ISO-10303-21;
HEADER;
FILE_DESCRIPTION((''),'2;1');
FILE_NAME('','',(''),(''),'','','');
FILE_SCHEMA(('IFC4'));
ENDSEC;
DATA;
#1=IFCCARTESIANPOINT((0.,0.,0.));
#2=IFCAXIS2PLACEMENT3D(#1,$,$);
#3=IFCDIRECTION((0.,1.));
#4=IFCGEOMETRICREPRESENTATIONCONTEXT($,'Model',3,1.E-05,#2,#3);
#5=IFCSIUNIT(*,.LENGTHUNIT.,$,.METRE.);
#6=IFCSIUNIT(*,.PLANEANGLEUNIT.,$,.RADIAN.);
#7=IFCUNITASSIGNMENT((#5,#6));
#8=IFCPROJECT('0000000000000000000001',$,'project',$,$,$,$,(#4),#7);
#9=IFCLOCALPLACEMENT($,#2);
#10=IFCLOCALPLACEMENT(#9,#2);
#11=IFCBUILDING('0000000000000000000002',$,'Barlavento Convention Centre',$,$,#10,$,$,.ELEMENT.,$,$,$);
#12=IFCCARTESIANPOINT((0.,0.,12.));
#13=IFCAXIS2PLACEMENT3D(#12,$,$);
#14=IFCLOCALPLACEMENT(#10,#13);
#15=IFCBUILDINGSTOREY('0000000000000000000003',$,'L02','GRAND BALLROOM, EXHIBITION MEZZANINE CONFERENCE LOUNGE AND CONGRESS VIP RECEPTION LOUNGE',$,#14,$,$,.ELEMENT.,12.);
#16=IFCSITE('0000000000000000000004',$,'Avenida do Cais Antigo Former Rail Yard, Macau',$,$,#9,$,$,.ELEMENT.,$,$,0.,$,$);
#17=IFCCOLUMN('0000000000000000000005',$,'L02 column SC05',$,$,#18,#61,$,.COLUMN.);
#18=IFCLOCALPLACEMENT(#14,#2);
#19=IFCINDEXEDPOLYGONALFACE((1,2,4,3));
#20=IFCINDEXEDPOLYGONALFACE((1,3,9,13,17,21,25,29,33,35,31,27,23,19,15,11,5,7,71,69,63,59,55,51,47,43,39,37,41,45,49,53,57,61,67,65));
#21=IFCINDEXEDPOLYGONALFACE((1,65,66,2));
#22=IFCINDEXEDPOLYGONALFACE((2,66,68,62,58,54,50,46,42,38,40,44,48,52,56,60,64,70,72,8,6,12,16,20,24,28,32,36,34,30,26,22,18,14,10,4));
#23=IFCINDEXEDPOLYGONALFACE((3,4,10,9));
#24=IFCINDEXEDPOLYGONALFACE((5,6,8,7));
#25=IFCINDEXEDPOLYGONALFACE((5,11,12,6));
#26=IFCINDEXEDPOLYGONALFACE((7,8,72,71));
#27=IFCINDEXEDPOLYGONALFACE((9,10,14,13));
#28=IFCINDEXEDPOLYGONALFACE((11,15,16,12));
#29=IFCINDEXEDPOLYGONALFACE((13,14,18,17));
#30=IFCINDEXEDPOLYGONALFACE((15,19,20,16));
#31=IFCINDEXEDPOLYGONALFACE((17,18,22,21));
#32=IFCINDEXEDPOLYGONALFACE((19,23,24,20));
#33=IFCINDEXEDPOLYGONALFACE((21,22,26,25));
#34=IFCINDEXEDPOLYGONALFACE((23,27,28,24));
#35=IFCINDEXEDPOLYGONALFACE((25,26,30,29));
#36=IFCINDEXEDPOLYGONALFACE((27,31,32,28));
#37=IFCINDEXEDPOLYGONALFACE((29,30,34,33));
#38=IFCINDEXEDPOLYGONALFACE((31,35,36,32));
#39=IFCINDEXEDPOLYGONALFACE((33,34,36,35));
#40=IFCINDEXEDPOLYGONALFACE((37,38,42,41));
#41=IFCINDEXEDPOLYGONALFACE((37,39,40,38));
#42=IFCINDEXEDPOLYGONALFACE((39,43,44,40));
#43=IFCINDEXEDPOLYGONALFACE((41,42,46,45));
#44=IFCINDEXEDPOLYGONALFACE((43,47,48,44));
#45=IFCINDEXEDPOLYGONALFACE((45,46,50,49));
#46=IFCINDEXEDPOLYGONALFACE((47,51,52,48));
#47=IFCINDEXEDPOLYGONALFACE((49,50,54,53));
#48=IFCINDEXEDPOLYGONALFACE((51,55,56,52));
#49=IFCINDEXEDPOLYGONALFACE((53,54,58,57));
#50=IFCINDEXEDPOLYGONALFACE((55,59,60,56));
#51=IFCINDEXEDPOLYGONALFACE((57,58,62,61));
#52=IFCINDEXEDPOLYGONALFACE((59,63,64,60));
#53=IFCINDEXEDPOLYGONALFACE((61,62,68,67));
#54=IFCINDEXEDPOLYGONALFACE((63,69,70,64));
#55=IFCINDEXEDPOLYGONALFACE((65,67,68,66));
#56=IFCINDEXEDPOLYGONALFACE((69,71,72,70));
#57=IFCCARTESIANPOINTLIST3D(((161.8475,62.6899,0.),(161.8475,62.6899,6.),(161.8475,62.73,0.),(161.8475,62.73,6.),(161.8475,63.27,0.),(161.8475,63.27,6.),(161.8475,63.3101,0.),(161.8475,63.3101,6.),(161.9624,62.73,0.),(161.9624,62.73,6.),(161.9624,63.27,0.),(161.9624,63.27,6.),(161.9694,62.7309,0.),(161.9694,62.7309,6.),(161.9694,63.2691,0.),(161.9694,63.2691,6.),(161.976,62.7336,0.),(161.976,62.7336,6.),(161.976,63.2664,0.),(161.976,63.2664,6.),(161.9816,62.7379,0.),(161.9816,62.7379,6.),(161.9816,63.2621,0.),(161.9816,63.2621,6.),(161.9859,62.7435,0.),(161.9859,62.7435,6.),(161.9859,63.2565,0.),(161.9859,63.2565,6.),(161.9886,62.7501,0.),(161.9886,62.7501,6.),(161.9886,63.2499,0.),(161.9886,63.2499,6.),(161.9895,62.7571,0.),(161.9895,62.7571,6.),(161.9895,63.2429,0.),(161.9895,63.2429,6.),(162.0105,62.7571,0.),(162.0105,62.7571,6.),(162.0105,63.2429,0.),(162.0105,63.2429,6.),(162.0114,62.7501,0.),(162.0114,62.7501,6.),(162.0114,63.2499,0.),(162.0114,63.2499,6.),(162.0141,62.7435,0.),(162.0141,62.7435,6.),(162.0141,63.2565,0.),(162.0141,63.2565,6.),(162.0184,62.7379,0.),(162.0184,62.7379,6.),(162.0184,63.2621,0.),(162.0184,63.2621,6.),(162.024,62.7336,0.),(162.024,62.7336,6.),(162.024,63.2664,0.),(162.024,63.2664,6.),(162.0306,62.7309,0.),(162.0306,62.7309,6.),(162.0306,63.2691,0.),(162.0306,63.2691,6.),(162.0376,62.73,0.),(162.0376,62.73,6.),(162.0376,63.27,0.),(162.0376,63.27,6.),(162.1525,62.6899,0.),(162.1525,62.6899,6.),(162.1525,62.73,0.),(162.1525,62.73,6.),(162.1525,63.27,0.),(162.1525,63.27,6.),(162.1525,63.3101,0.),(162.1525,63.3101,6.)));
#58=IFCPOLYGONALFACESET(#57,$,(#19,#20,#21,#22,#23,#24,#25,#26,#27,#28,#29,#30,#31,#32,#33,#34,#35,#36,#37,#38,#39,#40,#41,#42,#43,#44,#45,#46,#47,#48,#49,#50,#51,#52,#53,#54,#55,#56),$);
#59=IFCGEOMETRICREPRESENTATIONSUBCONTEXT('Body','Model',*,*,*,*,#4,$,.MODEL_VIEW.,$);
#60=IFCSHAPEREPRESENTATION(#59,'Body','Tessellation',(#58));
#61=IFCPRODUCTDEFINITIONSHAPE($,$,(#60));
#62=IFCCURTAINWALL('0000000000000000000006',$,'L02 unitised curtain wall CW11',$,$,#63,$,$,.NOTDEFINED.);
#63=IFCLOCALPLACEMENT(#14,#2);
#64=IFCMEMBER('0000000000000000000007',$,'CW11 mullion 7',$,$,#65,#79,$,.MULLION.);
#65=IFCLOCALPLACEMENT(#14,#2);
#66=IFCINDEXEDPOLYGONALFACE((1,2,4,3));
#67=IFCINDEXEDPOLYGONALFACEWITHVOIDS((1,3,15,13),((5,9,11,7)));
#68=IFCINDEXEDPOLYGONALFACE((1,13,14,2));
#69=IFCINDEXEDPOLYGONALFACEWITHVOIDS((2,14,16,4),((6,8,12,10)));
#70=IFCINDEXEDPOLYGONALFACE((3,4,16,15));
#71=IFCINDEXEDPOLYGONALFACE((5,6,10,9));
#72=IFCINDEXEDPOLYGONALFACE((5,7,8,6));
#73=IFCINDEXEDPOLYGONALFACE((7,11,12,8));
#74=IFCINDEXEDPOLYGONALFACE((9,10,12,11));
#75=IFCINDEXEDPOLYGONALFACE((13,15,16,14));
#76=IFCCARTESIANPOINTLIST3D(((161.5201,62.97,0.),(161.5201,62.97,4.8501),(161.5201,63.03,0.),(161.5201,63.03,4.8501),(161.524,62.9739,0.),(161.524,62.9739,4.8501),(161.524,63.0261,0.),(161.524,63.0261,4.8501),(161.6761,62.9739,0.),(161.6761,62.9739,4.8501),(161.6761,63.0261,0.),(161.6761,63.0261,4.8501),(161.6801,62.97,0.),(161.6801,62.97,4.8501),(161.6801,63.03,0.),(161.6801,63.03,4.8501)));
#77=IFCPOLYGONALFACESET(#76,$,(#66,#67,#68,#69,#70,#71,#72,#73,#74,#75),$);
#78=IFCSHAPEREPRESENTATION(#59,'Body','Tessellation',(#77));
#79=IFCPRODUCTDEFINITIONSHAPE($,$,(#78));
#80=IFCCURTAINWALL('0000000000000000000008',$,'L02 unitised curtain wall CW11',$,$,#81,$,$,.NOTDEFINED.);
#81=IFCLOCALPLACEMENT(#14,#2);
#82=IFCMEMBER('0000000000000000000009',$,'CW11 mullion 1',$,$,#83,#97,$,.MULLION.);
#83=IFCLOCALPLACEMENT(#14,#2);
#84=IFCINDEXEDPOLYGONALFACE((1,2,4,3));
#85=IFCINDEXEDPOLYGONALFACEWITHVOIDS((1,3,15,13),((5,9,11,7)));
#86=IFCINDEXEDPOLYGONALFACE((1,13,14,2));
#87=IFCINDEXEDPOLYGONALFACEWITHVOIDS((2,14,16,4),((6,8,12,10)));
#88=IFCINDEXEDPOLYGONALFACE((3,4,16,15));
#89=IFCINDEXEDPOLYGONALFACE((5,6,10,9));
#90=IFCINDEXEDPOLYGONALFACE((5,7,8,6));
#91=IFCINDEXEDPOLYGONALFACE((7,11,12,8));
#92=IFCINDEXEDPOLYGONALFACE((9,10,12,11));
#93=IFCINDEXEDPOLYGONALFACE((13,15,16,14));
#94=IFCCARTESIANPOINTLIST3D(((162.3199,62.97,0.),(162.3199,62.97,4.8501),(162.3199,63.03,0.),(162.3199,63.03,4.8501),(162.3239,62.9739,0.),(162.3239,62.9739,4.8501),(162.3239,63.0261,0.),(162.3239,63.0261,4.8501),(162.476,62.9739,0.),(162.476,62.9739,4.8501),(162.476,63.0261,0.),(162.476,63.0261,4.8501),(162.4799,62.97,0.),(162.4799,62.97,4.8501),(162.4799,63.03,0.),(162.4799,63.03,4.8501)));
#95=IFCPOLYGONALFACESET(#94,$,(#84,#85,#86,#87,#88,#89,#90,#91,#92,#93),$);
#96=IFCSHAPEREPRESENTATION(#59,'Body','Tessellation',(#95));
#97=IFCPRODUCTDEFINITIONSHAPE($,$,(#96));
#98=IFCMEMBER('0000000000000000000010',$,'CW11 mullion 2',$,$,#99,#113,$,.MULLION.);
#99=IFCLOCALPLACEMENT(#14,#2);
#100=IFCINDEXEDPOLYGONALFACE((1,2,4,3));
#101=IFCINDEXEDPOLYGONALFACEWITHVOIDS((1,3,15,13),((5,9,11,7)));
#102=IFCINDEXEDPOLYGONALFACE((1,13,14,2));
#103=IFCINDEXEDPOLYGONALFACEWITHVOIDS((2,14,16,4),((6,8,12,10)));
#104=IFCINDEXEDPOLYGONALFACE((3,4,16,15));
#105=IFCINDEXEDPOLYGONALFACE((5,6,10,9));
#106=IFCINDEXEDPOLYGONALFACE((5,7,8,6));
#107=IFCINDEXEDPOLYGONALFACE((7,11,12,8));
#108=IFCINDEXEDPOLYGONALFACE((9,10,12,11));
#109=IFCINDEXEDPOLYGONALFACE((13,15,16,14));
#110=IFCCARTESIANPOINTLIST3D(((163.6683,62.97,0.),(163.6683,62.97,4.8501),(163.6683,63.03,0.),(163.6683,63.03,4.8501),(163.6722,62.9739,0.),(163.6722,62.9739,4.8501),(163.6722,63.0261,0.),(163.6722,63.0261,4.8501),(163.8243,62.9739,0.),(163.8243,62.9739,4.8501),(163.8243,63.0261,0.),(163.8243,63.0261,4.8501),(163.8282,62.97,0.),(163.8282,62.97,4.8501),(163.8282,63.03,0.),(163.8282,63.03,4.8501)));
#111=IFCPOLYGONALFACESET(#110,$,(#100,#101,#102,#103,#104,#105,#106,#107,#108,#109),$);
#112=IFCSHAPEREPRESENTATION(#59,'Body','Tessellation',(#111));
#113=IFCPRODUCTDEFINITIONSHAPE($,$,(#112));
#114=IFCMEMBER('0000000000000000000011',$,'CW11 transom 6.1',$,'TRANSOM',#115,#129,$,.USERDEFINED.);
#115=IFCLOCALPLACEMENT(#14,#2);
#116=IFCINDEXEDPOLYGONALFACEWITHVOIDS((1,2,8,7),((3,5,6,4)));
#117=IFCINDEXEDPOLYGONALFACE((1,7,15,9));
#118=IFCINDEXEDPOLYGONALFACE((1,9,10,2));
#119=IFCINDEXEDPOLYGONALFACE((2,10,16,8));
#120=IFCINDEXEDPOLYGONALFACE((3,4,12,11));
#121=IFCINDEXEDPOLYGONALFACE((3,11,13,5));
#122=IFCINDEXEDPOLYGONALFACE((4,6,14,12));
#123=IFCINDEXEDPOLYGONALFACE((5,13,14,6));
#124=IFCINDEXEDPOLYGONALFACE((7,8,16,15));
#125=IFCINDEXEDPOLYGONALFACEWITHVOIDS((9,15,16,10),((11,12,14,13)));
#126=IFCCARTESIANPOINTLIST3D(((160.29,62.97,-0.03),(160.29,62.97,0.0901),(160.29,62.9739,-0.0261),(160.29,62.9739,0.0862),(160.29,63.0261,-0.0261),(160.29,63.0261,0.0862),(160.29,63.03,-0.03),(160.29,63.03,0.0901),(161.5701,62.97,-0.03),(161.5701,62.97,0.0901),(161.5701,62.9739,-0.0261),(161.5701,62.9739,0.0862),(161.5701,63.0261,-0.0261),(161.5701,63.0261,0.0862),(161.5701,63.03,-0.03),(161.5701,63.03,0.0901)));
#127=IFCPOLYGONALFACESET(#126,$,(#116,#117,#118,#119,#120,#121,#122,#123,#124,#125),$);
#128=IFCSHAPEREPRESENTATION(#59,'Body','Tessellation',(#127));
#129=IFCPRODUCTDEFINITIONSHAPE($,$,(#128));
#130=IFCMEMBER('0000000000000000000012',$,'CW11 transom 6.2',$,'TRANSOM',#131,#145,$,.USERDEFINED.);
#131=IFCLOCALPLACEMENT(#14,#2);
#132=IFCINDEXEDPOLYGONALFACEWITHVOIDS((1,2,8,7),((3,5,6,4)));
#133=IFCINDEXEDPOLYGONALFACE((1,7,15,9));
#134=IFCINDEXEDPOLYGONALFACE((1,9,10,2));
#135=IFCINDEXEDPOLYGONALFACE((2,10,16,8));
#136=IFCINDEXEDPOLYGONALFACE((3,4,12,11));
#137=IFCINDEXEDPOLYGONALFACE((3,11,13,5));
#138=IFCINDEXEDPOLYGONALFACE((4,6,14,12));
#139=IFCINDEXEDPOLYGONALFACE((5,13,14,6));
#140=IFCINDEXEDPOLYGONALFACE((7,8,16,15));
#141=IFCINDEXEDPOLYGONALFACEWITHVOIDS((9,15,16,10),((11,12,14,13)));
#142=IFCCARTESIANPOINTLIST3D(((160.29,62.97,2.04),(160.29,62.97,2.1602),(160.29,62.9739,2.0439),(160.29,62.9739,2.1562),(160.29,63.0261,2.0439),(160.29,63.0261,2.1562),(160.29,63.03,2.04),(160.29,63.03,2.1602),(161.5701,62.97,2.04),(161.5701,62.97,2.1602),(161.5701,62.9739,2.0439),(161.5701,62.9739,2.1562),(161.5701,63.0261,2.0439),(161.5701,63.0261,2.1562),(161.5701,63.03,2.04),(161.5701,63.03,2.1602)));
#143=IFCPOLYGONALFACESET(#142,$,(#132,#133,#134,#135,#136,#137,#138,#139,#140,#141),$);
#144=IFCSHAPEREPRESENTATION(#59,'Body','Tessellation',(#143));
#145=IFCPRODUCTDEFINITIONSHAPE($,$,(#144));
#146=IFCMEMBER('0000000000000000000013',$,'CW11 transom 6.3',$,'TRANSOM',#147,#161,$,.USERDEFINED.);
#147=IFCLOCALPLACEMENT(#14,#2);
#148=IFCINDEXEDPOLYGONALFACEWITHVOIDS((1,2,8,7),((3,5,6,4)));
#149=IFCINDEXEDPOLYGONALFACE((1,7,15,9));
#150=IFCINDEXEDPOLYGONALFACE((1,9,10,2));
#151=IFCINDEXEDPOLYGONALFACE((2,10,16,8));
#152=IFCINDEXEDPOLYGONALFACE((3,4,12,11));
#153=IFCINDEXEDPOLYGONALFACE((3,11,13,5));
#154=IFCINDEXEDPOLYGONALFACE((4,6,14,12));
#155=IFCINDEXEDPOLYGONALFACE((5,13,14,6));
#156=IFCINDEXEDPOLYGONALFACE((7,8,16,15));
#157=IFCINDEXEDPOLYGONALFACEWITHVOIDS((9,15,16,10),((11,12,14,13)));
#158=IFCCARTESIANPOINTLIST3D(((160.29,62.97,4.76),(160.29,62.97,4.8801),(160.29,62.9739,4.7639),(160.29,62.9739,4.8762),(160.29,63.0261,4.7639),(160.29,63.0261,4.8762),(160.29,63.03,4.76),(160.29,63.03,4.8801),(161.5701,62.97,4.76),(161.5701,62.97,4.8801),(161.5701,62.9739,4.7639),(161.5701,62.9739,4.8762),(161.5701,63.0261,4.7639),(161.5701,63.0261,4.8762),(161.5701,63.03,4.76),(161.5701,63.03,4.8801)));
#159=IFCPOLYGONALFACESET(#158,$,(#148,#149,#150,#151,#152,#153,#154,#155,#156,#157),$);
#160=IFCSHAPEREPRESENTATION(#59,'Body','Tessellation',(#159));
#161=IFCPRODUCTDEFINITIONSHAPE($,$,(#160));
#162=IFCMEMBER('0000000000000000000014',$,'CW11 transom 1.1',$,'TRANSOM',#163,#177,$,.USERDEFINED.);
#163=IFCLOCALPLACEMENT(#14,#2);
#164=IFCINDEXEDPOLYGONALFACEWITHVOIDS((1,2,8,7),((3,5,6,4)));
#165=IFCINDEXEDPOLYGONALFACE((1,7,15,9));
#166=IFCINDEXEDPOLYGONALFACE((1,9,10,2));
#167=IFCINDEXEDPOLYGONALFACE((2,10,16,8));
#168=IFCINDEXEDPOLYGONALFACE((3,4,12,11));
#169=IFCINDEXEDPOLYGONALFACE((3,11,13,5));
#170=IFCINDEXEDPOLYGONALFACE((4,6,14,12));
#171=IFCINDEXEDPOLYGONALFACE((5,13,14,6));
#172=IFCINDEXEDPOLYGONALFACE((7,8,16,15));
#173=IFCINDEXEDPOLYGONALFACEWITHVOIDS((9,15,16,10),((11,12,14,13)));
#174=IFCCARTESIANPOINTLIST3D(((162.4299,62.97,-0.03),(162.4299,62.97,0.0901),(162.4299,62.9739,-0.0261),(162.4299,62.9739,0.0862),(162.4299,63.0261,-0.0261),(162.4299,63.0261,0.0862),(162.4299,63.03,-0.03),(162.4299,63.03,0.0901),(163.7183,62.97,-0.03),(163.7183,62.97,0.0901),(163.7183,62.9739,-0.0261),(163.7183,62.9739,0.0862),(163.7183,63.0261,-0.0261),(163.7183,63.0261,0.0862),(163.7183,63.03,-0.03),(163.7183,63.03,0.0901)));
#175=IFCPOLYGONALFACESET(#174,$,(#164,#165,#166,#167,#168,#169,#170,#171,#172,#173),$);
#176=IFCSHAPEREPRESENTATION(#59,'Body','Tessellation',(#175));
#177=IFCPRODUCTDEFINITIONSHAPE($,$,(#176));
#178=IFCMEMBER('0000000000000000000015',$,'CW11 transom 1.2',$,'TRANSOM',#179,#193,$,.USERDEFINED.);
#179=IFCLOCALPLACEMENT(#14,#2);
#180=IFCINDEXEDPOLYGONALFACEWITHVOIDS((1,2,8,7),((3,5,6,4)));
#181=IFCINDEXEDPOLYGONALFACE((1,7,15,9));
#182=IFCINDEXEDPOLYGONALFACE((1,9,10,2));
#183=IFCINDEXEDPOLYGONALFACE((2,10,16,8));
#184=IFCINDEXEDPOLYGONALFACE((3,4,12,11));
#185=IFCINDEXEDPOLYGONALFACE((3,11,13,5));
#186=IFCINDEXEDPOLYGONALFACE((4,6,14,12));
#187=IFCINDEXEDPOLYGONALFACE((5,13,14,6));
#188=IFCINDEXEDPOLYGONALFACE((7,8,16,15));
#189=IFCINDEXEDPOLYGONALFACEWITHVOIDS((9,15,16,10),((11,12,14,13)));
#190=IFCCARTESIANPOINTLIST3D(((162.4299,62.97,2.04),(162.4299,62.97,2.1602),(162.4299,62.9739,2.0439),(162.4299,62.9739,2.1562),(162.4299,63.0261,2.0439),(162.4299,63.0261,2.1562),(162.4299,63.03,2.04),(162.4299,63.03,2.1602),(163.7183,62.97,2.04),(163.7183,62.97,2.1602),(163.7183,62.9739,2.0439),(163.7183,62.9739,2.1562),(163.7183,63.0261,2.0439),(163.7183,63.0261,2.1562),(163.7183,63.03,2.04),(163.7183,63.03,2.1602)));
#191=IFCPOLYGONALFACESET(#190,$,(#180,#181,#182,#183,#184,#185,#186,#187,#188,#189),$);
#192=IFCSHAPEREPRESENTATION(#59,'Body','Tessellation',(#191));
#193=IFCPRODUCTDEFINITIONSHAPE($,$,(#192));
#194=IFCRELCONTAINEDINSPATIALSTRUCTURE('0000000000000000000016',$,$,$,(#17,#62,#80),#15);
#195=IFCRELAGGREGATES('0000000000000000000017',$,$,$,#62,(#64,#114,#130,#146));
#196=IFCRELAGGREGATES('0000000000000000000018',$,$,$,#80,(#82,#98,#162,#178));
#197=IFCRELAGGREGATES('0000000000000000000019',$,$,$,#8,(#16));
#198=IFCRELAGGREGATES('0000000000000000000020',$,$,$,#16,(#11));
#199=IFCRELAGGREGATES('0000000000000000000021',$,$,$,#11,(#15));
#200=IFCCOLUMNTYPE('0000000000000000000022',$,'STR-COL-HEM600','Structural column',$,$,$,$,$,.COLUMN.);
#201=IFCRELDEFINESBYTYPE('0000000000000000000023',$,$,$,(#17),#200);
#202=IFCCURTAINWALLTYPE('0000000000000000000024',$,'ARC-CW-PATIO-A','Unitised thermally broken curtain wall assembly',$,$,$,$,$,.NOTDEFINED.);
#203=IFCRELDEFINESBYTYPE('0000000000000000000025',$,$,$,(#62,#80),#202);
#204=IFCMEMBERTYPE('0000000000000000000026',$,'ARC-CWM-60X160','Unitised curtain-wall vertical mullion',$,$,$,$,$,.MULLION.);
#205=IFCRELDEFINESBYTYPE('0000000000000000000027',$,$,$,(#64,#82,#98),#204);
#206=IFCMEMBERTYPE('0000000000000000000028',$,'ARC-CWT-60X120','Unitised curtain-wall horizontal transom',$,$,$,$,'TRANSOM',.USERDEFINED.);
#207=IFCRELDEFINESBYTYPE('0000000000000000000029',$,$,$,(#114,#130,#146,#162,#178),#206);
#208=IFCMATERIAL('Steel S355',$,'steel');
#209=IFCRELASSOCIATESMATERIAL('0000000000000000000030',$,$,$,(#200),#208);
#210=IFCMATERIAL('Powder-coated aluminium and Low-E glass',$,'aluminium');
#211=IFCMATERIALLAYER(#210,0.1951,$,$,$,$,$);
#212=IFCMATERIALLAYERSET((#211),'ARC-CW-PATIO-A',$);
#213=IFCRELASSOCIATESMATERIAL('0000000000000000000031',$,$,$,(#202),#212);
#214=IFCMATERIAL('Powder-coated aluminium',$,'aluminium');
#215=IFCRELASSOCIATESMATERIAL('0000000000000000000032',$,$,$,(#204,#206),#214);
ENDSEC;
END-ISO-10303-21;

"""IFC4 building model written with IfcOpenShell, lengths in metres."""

from ifc_helpers import new_model, si_unit, direction, frame, origin, origin_2d, place, context, subcontext, project, spatial, hollow_rectangle, i_section, extrude, material, layer, layer_set, material_profile, profile_set, type_object, element, aggregate, save


model = new_model("IFC4")

# Units and contexts
model_context = context("Model", 3, precision=1e-05, world=origin(), true_north=direction((0.0, 1.0)))
body_context = subcontext(model_context, "Body", "Model", "MODEL_VIEW")
ifc_project = project(units=[si_unit("LENGTHUNIT", "METRE"), si_unit("PLANEANGLEUNIT", "RADIAN")], contexts=[model_context])

# Site, building, storey
site_placement = place(None, origin())
site = spatial("IfcSite", under=ifc_project, at=site_placement, Name="Avenida do Cais Antigo Former Rail Yard, Macau", CompositionType="ELEMENT", RefElevation=0.0)
building_placement = place(site_placement, origin())
building = spatial("IfcBuilding", under=site, at=building_placement, Name="Barlavento Convention Centre", CompositionType="ELEMENT")
storey_placement = place(building_placement, frame((0.0, 0.0, 12.0)))
storey = spatial("IfcBuildingStorey", under=building, at=storey_placement, Name="L02", Description="GRAND BALLROOM, EXHIBITION MEZZANINE CONFERENCE LOUNGE AND CONGRESS VIP RECEPTION LOUNGE", CompositionType="ELEMENT", Elevation=12.0)

# Column
ifc_material_1 = material(Name="Steel S355", Category="steel")
ifc_material_profile_1 = material_profile(ifc_material_1, i_section(OverallWidth=0.3049, OverallDepth=0.6201, WebThickness=0.021, FlangeThickness=0.04, FilletRadius=0.0271, at=origin_2d()), Name="HEM 600")
ifc_profile_set_1 = profile_set([ifc_material_profile_1], Name="Steel S355")
column_type = type_object("IfcColumnType", Name="STR-COL-HEM600", Description="Structural column", PredefinedType="COLUMN", material=ifc_profile_set_1)
column_placement = place(storey_placement, frame((162.0, 63.0, 0.0), z_axis=(0.0, 0.0, 1.0), x_axis=(1.0, 0.0, 0.0)))
element("IfcColumn", 1, at=column_placement, inside=storey, type_object=column_type, Name="L02 column SC05", PredefinedType="COLUMN", context=body_context, shape_type="SweptSolid", body=[
    extrude(i_section(OverallWidth=0.3049, OverallDepth=0.6201, WebThickness=0.021, FlangeThickness=0.04, FilletRadius=0.0271, at=origin_2d()), origin(), (0.0, 0.0, 1.0), 6.0),
])

# Curtain wall, member
ifc_material_2 = material(Name="Powder-coated aluminium and Low-E glass", Category="aluminium")
ifc_layer_1 = layer(ifc_material_2, 0.1951)
ifc_layer_set_1 = layer_set([ifc_layer_1], Name="ARC-CW-PATIO-A")
curtain_wall_type = type_object("IfcCurtainWallType", Name="ARC-CW-PATIO-A", Description="Unitised thermally broken curtain wall assembly", PredefinedType="NOTDEFINED", material=ifc_layer_set_1)
curtain_wall_1_placement = place(storey_placement, origin())
curtain_wall_1 = element("IfcCurtainWall", 2, at=curtain_wall_1_placement, inside=storey, type_object=curtain_wall_type, Name="L02 unitised curtain wall CW11", PredefinedType="NOTDEFINED")
ifc_material_3 = material(Name="Powder-coated aluminium", Category="aluminium")
ifc_material_profile_2 = material_profile(ifc_material_3, hollow_rectangle(XDim=0.0601, YDim=0.1599, WallThickness=0.0039, at=origin_2d()), Name="AL-MULL 60x160x4")
ifc_profile_set_2 = profile_set([ifc_material_profile_2], Name="Powder-coated aluminium")
member_type_1 = type_object("IfcMemberType", Name="ARC-CWM-60X160", Description="Unitised curtain-wall vertical mullion", PredefinedType="MULLION", material=ifc_profile_set_2)
member_1_placement = place(storey_placement, frame((161.6001, 63.0, 0.0), z_axis=(0.0, 0.0, 1.0), x_axis=(0.0, 1.0, 0.0)))
member_1 = element("IfcMember", 3, at=member_1_placement, type_object=member_type_1, Name="CW11 mullion 7", PredefinedType="MULLION", context=body_context, shape_type="SweptSolid", body=[
    extrude(hollow_rectangle(XDim=0.0601, YDim=0.1599, WallThickness=0.0039, at=origin_2d()), origin(), (0.0, 0.0, 1.0), 4.8501),
])

# Curtain wall, members
curtain_wall_2_placement = place(storey_placement, origin())
curtain_wall_2 = element("IfcCurtainWall", 4, at=curtain_wall_2_placement, inside=storey, type_object=curtain_wall_type, Name="L02 unitised curtain wall CW11", PredefinedType="NOTDEFINED")
member_2_placement = place(storey_placement, frame((162.3999, 63.0, 0.0), z_axis=(0.0, 0.0, 1.0), x_axis=(0.0, 1.0, 0.0)))
member_2 = element("IfcMember", 5, at=member_2_placement, type_object=member_type_1, Name="CW11 mullion 1", PredefinedType="MULLION", context=body_context, shape_type="SweptSolid", body=[
    extrude(hollow_rectangle(XDim=0.0601, YDim=0.1599, WallThickness=0.0039, at=origin_2d()), origin(), (0.0, 0.0, 1.0), 4.8501),
])
member_3_placement = place(storey_placement, frame((163.7483, 63.0, 0.0), z_axis=(0.0, 0.0, 1.0), x_axis=(0.0, 1.0, 0.0)))
member_3 = element("IfcMember", 6, at=member_3_placement, type_object=member_type_1, Name="CW11 mullion 2", PredefinedType="MULLION", context=body_context, shape_type="SweptSolid", body=[
    extrude(hollow_rectangle(XDim=0.0601, YDim=0.1599, WallThickness=0.0039, at=origin_2d()), origin(), (0.0, 0.0, 1.0), 4.8501),
])

# Members
ifc_material_profile_3 = material_profile(ifc_material_3, hollow_rectangle(XDim=0.0601, YDim=0.1201, WallThickness=0.0039, at=origin_2d()), Name="AL-TRAN 60x120x4")
ifc_profile_set_3 = profile_set([ifc_material_profile_3], Name="Powder-coated aluminium")
member_type_2 = type_object("IfcMemberType", Name="ARC-CWT-60X120", Description="Unitised curtain-wall horizontal transom", ElementType="TRANSOM", PredefinedType="USERDEFINED", material=ifc_profile_set_3)
member_4_placement = place(storey_placement, frame((160.29, 63.0, 0.03), z_axis=(1.0, 0.0, 0.0), x_axis=(0.0, 1.0, 0.0)))
member_4 = element("IfcMember", 7, at=member_4_placement, type_object=member_type_2, Name="CW11 transom 6.1", ObjectType="TRANSOM", PredefinedType="USERDEFINED", context=body_context, shape_type="SweptSolid", body=[
    extrude(hollow_rectangle(XDim=0.0601, YDim=0.1201, WallThickness=0.0039, at=origin_2d()), origin(), (0.0, 0.0, 1.0), 1.28),
])
member_5_placement = place(storey_placement, frame((160.29, 63.0, 2.1001), z_axis=(1.0, 0.0, 0.0), x_axis=(0.0, 1.0, 0.0)))
member_5 = element("IfcMember", 8, at=member_5_placement, type_object=member_type_2, Name="CW11 transom 6.2", ObjectType="TRANSOM", PredefinedType="USERDEFINED", context=body_context, shape_type="SweptSolid", body=[
    extrude(hollow_rectangle(XDim=0.0601, YDim=0.1201, WallThickness=0.0039, at=origin_2d()), origin(), (0.0, 0.0, 1.0), 1.28),
])
member_6_placement = place(storey_placement, frame((160.29, 63.0, 4.8201), z_axis=(1.0, 0.0, 0.0), x_axis=(0.0, 1.0, 0.0)))
member_6 = element("IfcMember", 9, at=member_6_placement, type_object=member_type_2, Name="CW11 transom 6.3", ObjectType="TRANSOM", PredefinedType="USERDEFINED", context=body_context, shape_type="SweptSolid", body=[
    extrude(hollow_rectangle(XDim=0.0601, YDim=0.1201, WallThickness=0.0039, at=origin_2d()), origin(), (0.0, 0.0, 1.0), 1.28),
])
member_7_placement = place(storey_placement, frame((162.4299, 63.0, 0.03), z_axis=(1.0, 0.0, 0.0), x_axis=(0.0, 1.0, 0.0)))
member_7 = element("IfcMember", 10, at=member_7_placement, type_object=member_type_2, Name="CW11 transom 1.1", ObjectType="TRANSOM", PredefinedType="USERDEFINED", context=body_context, shape_type="SweptSolid", body=[
    extrude(hollow_rectangle(XDim=0.0601, YDim=0.1201, WallThickness=0.0039, at=origin_2d()), origin(), (0.0, 0.0, 1.0), 1.2883),
])
member_8_placement = place(storey_placement, frame((162.4299, 63.0, 2.1001), z_axis=(1.0, 0.0, 0.0), x_axis=(0.0, 1.0, 0.0)))
member_8 = element("IfcMember", 11, at=member_8_placement, type_object=member_type_2, Name="CW11 transom 1.2", ObjectType="TRANSOM", PredefinedType="USERDEFINED", context=body_context, shape_type="SweptSolid", body=[
    extrude(hollow_rectangle(XDim=0.0601, YDim=0.1201, WallThickness=0.0039, at=origin_2d()), origin(), (0.0, 0.0, 1.0), 1.2883),
])

aggregate(curtain_wall_1, [member_1, member_4, member_5, member_6])
aggregate(curtain_wall_2, [member_2, member_3, member_7, member_8])

save(model, "model.ifc")
